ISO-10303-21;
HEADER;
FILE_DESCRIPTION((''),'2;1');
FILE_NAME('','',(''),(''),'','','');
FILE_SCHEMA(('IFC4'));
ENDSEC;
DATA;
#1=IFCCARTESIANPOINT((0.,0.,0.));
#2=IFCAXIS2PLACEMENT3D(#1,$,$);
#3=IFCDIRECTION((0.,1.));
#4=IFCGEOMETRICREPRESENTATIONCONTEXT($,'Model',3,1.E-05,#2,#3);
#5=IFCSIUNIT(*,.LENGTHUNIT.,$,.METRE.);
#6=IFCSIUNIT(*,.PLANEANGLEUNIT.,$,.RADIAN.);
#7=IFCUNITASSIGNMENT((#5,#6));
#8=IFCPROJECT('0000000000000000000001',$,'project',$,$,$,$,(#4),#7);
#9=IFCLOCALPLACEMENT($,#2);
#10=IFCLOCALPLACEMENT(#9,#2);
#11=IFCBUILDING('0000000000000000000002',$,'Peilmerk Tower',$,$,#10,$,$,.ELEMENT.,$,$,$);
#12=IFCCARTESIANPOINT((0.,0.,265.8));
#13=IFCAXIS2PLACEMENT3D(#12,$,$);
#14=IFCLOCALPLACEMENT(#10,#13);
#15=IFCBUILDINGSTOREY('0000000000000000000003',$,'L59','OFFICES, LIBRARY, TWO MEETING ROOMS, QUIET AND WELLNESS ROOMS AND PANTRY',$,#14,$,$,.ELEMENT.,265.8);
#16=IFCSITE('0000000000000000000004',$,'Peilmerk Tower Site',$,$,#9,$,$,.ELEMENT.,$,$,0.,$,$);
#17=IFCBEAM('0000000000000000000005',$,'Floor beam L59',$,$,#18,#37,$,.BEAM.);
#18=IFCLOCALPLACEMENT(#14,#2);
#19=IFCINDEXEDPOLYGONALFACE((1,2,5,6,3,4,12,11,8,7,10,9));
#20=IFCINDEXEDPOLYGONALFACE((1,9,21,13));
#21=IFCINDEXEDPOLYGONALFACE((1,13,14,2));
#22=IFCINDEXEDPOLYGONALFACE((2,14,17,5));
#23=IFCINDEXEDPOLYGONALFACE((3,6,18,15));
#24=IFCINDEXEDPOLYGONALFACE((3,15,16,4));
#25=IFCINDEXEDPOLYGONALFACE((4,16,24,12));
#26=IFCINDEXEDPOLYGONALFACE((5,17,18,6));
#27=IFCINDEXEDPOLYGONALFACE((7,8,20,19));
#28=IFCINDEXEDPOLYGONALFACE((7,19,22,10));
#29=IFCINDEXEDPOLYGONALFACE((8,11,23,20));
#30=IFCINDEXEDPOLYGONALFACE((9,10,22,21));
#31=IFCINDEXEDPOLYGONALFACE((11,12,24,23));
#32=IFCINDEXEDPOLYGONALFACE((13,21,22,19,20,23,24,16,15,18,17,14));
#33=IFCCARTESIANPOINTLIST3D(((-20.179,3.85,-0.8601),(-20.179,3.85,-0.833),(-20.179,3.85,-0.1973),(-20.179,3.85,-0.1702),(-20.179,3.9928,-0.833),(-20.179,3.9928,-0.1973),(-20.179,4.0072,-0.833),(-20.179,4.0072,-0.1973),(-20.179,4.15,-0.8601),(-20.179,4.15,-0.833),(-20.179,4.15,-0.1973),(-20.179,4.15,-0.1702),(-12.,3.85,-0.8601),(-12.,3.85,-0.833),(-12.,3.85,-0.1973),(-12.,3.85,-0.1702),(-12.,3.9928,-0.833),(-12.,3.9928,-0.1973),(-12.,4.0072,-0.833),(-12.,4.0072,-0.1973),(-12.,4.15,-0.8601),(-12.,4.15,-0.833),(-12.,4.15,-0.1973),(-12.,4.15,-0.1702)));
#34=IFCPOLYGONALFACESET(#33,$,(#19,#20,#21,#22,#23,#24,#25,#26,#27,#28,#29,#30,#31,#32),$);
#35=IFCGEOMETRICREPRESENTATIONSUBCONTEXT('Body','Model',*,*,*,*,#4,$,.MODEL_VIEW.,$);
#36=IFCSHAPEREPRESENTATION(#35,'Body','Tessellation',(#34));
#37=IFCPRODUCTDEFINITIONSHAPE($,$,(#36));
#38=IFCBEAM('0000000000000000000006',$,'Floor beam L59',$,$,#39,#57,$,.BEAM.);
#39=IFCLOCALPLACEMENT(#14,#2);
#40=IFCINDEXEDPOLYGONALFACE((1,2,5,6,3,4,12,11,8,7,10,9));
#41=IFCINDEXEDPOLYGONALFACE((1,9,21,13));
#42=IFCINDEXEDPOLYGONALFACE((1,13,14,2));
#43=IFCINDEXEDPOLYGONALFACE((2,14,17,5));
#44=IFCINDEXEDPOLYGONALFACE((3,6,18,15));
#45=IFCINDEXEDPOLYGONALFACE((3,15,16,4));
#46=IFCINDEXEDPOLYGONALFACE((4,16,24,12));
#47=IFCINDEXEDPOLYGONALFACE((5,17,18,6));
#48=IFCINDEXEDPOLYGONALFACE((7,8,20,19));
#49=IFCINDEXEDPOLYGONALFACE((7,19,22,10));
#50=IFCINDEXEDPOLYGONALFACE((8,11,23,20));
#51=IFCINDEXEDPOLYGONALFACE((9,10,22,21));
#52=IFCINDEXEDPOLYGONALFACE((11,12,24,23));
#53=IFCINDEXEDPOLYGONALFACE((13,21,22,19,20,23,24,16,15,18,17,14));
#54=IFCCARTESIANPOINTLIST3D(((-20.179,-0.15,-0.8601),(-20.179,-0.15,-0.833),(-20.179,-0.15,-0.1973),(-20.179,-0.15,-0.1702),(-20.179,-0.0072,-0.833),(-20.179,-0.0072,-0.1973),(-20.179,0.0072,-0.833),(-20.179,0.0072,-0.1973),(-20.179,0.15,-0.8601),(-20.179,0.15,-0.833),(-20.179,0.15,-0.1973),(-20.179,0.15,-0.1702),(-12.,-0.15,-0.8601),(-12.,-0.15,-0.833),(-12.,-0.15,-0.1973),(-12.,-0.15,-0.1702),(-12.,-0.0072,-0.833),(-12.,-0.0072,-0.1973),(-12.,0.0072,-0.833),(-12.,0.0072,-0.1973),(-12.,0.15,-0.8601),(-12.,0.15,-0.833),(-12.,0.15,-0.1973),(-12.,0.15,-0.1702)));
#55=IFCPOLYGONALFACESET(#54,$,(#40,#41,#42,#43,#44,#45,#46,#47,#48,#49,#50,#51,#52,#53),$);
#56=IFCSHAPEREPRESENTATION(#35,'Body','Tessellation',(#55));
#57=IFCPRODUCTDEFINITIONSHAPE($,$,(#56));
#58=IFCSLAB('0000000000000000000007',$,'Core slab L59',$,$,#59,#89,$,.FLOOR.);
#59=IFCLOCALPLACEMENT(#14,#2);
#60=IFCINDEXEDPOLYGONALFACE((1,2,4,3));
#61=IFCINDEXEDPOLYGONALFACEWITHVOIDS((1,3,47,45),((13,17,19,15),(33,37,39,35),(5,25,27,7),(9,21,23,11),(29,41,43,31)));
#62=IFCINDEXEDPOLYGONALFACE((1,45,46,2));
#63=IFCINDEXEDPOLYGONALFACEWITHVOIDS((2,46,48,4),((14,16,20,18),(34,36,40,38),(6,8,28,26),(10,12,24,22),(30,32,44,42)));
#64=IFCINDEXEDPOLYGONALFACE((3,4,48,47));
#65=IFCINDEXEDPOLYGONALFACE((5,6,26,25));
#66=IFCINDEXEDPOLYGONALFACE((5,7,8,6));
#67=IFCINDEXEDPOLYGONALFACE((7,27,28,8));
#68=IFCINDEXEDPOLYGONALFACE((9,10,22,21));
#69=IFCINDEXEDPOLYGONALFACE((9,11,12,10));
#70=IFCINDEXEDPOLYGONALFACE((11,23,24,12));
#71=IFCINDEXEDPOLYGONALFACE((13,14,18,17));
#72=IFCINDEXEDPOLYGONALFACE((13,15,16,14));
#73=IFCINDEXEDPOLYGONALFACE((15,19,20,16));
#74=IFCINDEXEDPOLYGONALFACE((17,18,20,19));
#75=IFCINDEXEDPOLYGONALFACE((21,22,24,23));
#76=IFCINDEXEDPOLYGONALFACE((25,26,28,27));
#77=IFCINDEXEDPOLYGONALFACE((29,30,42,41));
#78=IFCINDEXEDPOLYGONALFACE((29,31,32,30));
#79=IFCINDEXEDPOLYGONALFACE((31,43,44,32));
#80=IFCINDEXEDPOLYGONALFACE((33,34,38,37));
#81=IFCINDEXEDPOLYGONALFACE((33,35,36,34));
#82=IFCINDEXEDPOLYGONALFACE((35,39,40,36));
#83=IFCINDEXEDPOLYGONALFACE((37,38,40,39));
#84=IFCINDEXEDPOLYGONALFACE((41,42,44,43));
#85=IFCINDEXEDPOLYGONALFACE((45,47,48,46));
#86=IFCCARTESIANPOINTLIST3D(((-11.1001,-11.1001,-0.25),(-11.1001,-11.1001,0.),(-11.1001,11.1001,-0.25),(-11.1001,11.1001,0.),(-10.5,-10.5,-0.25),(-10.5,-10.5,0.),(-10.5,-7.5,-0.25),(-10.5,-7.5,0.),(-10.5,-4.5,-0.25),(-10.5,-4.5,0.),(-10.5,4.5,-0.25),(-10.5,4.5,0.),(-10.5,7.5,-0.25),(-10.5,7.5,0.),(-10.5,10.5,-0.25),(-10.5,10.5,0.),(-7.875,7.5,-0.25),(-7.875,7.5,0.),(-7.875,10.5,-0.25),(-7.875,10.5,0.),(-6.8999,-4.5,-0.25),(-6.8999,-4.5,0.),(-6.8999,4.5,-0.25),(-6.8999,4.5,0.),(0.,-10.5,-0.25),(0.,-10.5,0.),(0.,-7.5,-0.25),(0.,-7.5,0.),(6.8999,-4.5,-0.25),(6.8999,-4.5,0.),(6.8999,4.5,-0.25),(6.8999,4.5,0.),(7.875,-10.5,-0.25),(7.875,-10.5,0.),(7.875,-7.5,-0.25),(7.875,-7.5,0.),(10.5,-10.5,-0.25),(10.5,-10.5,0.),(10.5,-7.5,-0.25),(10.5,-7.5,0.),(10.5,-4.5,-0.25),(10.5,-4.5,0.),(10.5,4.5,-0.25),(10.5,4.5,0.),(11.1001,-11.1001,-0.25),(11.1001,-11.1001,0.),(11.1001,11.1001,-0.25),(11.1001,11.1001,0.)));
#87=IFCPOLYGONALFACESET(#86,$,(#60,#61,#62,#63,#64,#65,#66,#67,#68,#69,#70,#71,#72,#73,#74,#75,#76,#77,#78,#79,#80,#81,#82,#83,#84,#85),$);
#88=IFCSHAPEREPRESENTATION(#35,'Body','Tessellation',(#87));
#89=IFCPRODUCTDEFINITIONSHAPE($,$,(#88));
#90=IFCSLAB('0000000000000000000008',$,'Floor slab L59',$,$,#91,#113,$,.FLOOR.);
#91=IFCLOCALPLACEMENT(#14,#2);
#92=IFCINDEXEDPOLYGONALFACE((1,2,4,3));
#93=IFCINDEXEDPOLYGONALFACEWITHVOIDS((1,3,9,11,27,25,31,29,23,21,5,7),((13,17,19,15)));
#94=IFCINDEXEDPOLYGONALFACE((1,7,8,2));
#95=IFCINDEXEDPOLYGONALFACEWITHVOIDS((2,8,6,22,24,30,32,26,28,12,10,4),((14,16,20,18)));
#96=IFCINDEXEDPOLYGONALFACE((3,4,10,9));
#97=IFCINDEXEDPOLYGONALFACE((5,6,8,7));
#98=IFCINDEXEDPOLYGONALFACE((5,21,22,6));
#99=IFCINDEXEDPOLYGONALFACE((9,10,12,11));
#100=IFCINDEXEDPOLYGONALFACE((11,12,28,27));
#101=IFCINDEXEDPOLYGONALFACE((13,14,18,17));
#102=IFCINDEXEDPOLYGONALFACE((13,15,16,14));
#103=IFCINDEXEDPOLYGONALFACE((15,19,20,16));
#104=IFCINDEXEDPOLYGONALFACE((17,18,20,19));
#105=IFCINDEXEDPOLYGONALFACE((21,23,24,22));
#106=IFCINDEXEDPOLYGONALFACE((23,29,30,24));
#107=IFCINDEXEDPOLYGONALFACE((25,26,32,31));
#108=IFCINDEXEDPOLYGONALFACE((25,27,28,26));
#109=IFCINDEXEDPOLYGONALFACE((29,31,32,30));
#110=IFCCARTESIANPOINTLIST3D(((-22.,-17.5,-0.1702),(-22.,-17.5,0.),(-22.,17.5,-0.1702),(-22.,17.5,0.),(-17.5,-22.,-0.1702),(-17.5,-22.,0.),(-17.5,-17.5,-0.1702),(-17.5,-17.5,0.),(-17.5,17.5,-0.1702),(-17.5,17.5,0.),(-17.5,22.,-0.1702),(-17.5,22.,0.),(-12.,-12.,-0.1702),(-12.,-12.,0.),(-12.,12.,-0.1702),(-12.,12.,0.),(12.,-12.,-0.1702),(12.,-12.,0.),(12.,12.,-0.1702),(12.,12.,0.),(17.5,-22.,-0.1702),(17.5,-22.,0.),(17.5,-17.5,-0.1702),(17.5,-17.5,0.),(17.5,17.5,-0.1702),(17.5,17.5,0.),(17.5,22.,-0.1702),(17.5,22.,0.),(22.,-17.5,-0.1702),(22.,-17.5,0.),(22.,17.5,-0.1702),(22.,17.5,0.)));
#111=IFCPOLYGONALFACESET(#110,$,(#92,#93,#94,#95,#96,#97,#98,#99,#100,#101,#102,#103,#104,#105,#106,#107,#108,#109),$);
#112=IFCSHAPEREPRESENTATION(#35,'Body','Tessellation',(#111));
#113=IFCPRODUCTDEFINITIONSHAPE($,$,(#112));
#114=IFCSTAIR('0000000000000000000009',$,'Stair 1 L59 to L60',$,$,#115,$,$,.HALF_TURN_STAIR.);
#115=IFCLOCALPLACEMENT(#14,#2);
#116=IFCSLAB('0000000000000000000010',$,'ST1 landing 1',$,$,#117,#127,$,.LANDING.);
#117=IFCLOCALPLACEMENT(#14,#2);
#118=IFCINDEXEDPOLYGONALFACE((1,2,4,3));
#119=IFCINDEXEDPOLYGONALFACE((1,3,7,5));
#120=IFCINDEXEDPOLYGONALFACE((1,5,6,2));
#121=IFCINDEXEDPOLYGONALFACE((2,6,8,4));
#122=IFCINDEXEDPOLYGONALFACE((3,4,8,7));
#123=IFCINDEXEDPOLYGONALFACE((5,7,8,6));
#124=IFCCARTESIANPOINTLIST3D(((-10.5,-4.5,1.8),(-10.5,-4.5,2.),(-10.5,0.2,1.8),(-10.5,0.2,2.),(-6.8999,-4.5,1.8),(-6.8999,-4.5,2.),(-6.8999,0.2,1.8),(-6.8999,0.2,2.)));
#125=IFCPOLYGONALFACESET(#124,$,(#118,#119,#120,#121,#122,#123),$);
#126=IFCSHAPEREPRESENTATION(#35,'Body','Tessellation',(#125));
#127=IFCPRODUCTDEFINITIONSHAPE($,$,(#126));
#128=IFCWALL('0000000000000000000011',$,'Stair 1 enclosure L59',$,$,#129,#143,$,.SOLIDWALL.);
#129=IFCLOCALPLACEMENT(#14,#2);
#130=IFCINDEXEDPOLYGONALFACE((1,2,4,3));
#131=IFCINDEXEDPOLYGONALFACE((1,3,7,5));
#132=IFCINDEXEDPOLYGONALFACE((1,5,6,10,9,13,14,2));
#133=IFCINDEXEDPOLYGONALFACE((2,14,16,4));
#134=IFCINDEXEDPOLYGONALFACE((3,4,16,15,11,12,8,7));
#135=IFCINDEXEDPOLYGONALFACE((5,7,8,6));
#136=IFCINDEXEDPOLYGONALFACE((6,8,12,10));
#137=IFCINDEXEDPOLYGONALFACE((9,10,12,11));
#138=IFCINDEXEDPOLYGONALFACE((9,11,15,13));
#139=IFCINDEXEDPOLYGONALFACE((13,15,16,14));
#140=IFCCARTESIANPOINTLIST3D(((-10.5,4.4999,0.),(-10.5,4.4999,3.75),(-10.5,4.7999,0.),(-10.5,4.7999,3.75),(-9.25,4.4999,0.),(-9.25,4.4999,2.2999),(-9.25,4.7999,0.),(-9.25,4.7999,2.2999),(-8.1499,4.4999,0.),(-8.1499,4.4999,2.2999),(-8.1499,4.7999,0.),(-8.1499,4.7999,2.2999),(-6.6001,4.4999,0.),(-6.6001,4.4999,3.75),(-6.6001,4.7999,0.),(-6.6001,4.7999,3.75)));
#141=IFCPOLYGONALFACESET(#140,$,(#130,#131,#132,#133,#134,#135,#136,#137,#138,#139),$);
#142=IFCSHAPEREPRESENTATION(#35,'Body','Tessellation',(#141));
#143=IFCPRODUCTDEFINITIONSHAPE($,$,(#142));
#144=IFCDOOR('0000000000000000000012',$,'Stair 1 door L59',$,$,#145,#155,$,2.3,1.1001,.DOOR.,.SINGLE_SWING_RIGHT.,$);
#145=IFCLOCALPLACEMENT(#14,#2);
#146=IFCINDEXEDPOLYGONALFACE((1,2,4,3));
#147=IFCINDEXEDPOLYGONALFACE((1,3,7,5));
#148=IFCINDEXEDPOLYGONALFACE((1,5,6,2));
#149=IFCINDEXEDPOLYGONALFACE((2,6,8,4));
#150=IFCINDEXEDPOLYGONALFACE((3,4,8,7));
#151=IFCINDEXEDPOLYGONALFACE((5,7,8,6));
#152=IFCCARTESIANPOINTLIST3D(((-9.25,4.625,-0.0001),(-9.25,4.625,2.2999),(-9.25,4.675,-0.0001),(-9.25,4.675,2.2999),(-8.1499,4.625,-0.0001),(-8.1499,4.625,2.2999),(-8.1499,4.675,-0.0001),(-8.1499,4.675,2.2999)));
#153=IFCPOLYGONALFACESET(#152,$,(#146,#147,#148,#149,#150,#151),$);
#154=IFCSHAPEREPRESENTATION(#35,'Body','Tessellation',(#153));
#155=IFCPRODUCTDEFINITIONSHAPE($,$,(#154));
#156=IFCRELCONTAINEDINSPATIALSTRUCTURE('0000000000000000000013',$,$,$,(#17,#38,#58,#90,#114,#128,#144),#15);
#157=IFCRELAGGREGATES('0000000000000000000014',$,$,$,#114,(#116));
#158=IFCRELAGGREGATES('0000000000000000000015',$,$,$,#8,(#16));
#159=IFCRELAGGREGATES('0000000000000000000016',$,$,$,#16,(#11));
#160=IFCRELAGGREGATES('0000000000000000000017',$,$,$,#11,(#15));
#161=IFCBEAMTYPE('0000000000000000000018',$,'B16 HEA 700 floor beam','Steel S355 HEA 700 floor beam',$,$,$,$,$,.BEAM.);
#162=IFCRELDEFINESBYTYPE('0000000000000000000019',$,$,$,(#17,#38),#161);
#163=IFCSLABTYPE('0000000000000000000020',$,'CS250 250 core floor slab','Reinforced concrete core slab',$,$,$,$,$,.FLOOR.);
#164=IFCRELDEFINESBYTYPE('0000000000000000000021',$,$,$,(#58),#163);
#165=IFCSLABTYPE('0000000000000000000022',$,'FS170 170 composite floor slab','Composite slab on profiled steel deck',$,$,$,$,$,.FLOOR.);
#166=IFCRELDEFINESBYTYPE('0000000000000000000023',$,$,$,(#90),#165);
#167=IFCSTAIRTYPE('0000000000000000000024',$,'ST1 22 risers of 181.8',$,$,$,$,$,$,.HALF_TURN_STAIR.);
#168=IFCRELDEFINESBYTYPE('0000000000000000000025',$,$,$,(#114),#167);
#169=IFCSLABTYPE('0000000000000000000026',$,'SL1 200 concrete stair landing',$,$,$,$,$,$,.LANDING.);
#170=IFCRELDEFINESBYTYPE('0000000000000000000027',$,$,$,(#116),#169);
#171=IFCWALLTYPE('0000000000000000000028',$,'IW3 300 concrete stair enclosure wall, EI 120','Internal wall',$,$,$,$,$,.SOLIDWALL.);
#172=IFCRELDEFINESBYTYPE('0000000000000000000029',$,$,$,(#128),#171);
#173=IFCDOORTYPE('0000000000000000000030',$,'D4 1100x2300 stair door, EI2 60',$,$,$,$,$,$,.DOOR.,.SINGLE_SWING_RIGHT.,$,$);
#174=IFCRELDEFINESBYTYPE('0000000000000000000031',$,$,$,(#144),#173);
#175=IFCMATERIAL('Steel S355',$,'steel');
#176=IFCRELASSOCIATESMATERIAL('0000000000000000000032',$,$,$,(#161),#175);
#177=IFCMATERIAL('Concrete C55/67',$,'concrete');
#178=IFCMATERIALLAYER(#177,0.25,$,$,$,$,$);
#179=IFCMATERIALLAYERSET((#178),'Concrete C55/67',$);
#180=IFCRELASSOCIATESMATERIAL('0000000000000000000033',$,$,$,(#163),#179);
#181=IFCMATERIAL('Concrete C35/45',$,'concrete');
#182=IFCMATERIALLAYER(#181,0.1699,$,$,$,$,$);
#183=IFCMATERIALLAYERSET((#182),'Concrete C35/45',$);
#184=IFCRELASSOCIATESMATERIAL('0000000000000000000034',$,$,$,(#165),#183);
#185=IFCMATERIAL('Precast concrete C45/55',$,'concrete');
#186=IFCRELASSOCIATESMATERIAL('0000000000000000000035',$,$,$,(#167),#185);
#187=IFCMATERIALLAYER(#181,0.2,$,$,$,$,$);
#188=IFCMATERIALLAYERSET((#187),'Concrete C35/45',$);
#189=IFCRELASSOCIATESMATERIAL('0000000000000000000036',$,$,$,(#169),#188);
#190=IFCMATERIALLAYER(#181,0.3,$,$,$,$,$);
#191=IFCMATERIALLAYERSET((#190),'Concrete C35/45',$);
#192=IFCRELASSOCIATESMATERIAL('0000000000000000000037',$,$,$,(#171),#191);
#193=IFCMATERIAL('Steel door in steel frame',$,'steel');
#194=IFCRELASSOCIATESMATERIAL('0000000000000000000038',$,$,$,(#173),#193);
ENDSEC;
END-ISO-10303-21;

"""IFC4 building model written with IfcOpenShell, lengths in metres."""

from ifc_helpers import new_model, si_unit, direction, frame, frame_2d, origin, origin_2d, place, context, subcontext, project, spatial, polyline, rectangle, i_section, outline, extrude, material, layer, layer_set, material_profile, profile_set, type_object, element, fill, aggregate, save


model = new_model("IFC4")

# Units and contexts
model_context = context("Model", 3, precision=1e-05, world=origin(), true_north=direction((0.0, 1.0)))
body_context = subcontext(model_context, "Body", "Model", "MODEL_VIEW")
ifc_project = project(units=[si_unit("LENGTHUNIT", "METRE"), si_unit("PLANEANGLEUNIT", "RADIAN")], contexts=[model_context])

# Site, building, storey
site_placement = place(None, origin())
site = spatial("IfcSite", under=ifc_project, at=site_placement, Name="Peilmerk Tower Site", CompositionType="ELEMENT", RefElevation=0.0)
building_placement = place(site_placement, origin())
building = spatial("IfcBuilding", under=site, at=building_placement, Name="Peilmerk Tower", CompositionType="ELEMENT")
storey_placement = place(building_placement, frame((0.0, 0.0, 265.8)))
storey = spatial("IfcBuildingStorey", under=building, at=storey_placement, Name="L59", Description="OFFICES, LIBRARY, TWO MEETING ROOMS, QUIET AND WELLNESS ROOMS AND PANTRY", CompositionType="ELEMENT", Elevation=265.8)

# Beams
ifc_material_1 = material(Name="Steel S355", Category="steel")
ifc_material_profile = material_profile(ifc_material_1, i_section(OverallWidth=0.3, OverallDepth=0.6899, WebThickness=0.0144, FlangeThickness=0.0271, at=origin_2d()), Name="HEA 700")
ifc_profile_set = profile_set([ifc_material_profile], Name="Steel S355")
beam_type = type_object("IfcBeamType", Name="B16 HEA 700 floor beam", Description="Steel S355 HEA 700 floor beam", PredefinedType="BEAM", material=ifc_profile_set)
for number, where, z_axis, x_axis, name in (
    (1, (-12.0, 4.0, -0.5151), (-1.0, 0.0, 0.0), (0.0, -1.0, 0.0), "Floor beam L59"),
    (2, (-12.0, 0.0, -0.5151), (-1.0, 0.0, 0.0), (0.0, -1.0, 0.0), "Floor beam L59"),
):
    element("IfcBeam", number, at=place(storey_placement, frame(where, z_axis=z_axis, x_axis=x_axis)), inside=storey, type_object=beam_type, Name=name, PredefinedType="BEAM", context=body_context, shape_type="SweptSolid", body=[
        extrude(i_section(OverallWidth=0.3, OverallDepth=0.6899, WebThickness=0.0144, FlangeThickness=0.0271, at=origin_2d()), origin(), (0.0, 0.0, 1.0), 8.179),
    ])

# Slabs
ifc_material_2 = material(Name="Concrete C55/67", Category="concrete")
ifc_layer_1 = layer(ifc_material_2, 0.25)
ifc_layer_set_1 = layer_set([ifc_layer_1], Name="Concrete C55/67")
slab_type_1 = type_object("IfcSlabType", Name="CS250 250 core floor slab", Description="Reinforced concrete core slab", PredefinedType="FLOOR", material=ifc_layer_set_1)
slab_1_placement = place(storey_placement, frame((0.0, 0.0, -0.25)))
element("IfcSlab", 3, at=slab_1_placement, inside=storey, type_object=slab_type_1, Name="Core slab L59", PredefinedType="FLOOR", context=body_context, shape_type="SweptSolid", body=[
    extrude(outline(polyline([(11.1001, -11.1001), (11.1001, 11.1001), (-11.1001, 11.1001), (-11.1001, -11.1001), (11.1001, -11.1001)]), holes=[polyline([(-7.875, 7.5), (-10.5, 7.5), (-10.5, 10.5), (-7.875, 10.5), (-7.875, 7.5)]), polyline([(0.0, -10.5), (-10.5, -10.5), (-10.5, -7.5), (0.0, -7.5), (0.0, -10.5)]), polyline([(7.875, -10.5), (7.875, -7.5), (10.5, -7.5), (10.5, -10.5), (7.875, -10.5)]), polyline([(-10.5, 4.5), (-6.8999, 4.5), (-6.8999, -4.5), (-10.5, -4.5), (-10.5, 4.5)]), polyline([(10.5, 4.5), (10.5, -4.5), (6.8999, -4.5), (6.8999, 4.5), (10.5, 4.5)])]), origin(), (0.0, 0.0, 1.0), 0.25),
])
ifc_material_3 = material(Name="Concrete C35/45", Category="concrete")
ifc_layer_2 = layer(ifc_material_3, 0.1699)
ifc_layer_set_2 = layer_set([ifc_layer_2], Name="Concrete C35/45")
slab_type_2 = type_object("IfcSlabType", Name="FS170 170 composite floor slab", Description="Composite slab on profiled steel deck", PredefinedType="FLOOR", material=ifc_layer_set_2)
slab_2_placement = place(storey_placement, frame((0.0, 0.0, -0.1702)))
element("IfcSlab", 4, at=slab_2_placement, inside=storey, type_object=slab_type_2, Name="Floor slab L59", PredefinedType="FLOOR", context=body_context, shape_type="SweptSolid", body=[
    extrude(outline(polyline([(-17.5, -22.0), (17.5, -22.0), (17.5, -17.5), (22.0, -17.5), (22.0, 17.5), (17.5, 17.5), (17.5, 22.0), (-17.5, 22.0), (-17.5, 17.5), (-22.0, 17.5), (-22.0, -17.5), (-17.5, -17.5), (-17.5, -22.0)]), holes=[polyline([(12.0, 12.0), (12.0, -12.0), (-12.0, -12.0), (-12.0, 12.0), (12.0, 12.0)])]), origin(), (0.0, 0.0, 1.0), 0.1702),
])

# Stair, slab
ifc_material_4 = material(Name="Precast concrete C45/55", Category="concrete")
stair_type = type_object("IfcStairType", Name="ST1 22 risers of 181.8", PredefinedType="HALF_TURN_STAIR", material=ifc_material_4)
stair_placement = place(storey_placement, origin())
stair = element("IfcStair", 5, at=stair_placement, inside=storey, type_object=stair_type, Name="Stair 1 L59 to L60", PredefinedType="HALF_TURN_STAIR")
ifc_layer_3 = layer(ifc_material_3, 0.2)
ifc_layer_set_3 = layer_set([ifc_layer_3], Name="Concrete C35/45")
slab_type_3 = type_object("IfcSlabType", Name="SL1 200 concrete stair landing", PredefinedType="LANDING", material=ifc_layer_set_3)
slab_3_placement = place(storey_placement, frame((0.0, 0.0, 1.8)))
slab_3 = element("IfcSlab", 6, at=slab_3_placement, type_object=slab_type_3, Name="ST1 landing 1", PredefinedType="LANDING", context=body_context, shape_type="SweptSolid", body=[
    extrude(outline(polyline([(-10.5, -4.5), (-6.8999, -4.5), (-6.8999, 0.2), (-10.5, 0.2), (-10.5, -4.5)])), origin(), (0.0, 0.0, 1.0), 0.2),
])

# Wall, opening, door
ifc_layer_4 = layer(ifc_material_3, 0.3)
ifc_layer_set_4 = layer_set([ifc_layer_4], Name="Concrete C35/45")
wall_type_1 = type_object("IfcWallType", Name="IW3 300 concrete stair enclosure wall, EI 120", Description="Internal wall", PredefinedType="SOLIDWALL", material=ifc_layer_set_4)
wall_1_placement = place(storey_placement, frame((-10.5, 4.6499, 0.0), z_axis=(0.0, 0.0, 1.0), x_axis=(1.0, 0.0, 0.0)))
wall_1 = element("IfcWall", 7, at=wall_1_placement, inside=storey, type_object=wall_type_1, Name="Stair 1 enclosure L59", PredefinedType="SOLIDWALL", context=body_context, shape_type="SweptSolid", body=[
    extrude(rectangle(XDim=3.8999, YDim=0.3, at=frame_2d((1.95, 0.0))), origin(), (0.0, 0.0, 1.0), 3.75),
])
opening_1_placement = place(wall_1_placement, frame((1.25, 0.0, 0.0)))
opening_1 = element("IfcOpeningElement", 8, at=opening_1_placement, cuts=wall_1, PredefinedType="OPENING", context=body_context, shape_type="SweptSolid", body=[
    extrude(rectangle(XDim=1.1001, YDim=2.3, at=frame_2d((0.55, 1.1499))), frame((0.0, 0.1599, 0.0), z_axis=(0.0, -1.0, 0.0), x_axis=(1.0, 0.0, 0.0)), (0.0, 0.0, 1.0), 0.3201),
])
ifc_material_5 = material(Name="Steel door in steel frame", Category="steel")
door_type_1 = type_object("IfcDoorType", Name="D4 1100x2300 stair door, EI2 60", OperationType="SINGLE_SWING_RIGHT", PredefinedType="DOOR", material=ifc_material_5)
door_1_placement = place(opening_1_placement, frame((1.1001, 0.0, 0.0), z_axis=(0.0, 0.0, 1.0), x_axis=(-1.0, 0.0, 0.0)))
door_1 = element("IfcDoor", 9, at=door_1_placement, inside=storey, type_object=door_type_1, Name="Stair 1 door L59", OperationType="SINGLE_SWING_RIGHT", OverallHeight=2.3, OverallWidth=1.1001, PredefinedType="DOOR", context=body_context, shape_type="SweptSolid", body=[
    extrude(rectangle(XDim=1.1001, YDim=2.3, at=frame_2d((0.55, 1.1499))), frame((0.0, 0.0249, 0.0), z_axis=(0.0, -1.0, 0.0), x_axis=(1.0, 0.0, 0.0)), (0.0, 0.0, 1.0), 0.05),
])
fill(opening_1, door_1)

aggregate(stair, [slab_3])

save(model, "model.ifc")
